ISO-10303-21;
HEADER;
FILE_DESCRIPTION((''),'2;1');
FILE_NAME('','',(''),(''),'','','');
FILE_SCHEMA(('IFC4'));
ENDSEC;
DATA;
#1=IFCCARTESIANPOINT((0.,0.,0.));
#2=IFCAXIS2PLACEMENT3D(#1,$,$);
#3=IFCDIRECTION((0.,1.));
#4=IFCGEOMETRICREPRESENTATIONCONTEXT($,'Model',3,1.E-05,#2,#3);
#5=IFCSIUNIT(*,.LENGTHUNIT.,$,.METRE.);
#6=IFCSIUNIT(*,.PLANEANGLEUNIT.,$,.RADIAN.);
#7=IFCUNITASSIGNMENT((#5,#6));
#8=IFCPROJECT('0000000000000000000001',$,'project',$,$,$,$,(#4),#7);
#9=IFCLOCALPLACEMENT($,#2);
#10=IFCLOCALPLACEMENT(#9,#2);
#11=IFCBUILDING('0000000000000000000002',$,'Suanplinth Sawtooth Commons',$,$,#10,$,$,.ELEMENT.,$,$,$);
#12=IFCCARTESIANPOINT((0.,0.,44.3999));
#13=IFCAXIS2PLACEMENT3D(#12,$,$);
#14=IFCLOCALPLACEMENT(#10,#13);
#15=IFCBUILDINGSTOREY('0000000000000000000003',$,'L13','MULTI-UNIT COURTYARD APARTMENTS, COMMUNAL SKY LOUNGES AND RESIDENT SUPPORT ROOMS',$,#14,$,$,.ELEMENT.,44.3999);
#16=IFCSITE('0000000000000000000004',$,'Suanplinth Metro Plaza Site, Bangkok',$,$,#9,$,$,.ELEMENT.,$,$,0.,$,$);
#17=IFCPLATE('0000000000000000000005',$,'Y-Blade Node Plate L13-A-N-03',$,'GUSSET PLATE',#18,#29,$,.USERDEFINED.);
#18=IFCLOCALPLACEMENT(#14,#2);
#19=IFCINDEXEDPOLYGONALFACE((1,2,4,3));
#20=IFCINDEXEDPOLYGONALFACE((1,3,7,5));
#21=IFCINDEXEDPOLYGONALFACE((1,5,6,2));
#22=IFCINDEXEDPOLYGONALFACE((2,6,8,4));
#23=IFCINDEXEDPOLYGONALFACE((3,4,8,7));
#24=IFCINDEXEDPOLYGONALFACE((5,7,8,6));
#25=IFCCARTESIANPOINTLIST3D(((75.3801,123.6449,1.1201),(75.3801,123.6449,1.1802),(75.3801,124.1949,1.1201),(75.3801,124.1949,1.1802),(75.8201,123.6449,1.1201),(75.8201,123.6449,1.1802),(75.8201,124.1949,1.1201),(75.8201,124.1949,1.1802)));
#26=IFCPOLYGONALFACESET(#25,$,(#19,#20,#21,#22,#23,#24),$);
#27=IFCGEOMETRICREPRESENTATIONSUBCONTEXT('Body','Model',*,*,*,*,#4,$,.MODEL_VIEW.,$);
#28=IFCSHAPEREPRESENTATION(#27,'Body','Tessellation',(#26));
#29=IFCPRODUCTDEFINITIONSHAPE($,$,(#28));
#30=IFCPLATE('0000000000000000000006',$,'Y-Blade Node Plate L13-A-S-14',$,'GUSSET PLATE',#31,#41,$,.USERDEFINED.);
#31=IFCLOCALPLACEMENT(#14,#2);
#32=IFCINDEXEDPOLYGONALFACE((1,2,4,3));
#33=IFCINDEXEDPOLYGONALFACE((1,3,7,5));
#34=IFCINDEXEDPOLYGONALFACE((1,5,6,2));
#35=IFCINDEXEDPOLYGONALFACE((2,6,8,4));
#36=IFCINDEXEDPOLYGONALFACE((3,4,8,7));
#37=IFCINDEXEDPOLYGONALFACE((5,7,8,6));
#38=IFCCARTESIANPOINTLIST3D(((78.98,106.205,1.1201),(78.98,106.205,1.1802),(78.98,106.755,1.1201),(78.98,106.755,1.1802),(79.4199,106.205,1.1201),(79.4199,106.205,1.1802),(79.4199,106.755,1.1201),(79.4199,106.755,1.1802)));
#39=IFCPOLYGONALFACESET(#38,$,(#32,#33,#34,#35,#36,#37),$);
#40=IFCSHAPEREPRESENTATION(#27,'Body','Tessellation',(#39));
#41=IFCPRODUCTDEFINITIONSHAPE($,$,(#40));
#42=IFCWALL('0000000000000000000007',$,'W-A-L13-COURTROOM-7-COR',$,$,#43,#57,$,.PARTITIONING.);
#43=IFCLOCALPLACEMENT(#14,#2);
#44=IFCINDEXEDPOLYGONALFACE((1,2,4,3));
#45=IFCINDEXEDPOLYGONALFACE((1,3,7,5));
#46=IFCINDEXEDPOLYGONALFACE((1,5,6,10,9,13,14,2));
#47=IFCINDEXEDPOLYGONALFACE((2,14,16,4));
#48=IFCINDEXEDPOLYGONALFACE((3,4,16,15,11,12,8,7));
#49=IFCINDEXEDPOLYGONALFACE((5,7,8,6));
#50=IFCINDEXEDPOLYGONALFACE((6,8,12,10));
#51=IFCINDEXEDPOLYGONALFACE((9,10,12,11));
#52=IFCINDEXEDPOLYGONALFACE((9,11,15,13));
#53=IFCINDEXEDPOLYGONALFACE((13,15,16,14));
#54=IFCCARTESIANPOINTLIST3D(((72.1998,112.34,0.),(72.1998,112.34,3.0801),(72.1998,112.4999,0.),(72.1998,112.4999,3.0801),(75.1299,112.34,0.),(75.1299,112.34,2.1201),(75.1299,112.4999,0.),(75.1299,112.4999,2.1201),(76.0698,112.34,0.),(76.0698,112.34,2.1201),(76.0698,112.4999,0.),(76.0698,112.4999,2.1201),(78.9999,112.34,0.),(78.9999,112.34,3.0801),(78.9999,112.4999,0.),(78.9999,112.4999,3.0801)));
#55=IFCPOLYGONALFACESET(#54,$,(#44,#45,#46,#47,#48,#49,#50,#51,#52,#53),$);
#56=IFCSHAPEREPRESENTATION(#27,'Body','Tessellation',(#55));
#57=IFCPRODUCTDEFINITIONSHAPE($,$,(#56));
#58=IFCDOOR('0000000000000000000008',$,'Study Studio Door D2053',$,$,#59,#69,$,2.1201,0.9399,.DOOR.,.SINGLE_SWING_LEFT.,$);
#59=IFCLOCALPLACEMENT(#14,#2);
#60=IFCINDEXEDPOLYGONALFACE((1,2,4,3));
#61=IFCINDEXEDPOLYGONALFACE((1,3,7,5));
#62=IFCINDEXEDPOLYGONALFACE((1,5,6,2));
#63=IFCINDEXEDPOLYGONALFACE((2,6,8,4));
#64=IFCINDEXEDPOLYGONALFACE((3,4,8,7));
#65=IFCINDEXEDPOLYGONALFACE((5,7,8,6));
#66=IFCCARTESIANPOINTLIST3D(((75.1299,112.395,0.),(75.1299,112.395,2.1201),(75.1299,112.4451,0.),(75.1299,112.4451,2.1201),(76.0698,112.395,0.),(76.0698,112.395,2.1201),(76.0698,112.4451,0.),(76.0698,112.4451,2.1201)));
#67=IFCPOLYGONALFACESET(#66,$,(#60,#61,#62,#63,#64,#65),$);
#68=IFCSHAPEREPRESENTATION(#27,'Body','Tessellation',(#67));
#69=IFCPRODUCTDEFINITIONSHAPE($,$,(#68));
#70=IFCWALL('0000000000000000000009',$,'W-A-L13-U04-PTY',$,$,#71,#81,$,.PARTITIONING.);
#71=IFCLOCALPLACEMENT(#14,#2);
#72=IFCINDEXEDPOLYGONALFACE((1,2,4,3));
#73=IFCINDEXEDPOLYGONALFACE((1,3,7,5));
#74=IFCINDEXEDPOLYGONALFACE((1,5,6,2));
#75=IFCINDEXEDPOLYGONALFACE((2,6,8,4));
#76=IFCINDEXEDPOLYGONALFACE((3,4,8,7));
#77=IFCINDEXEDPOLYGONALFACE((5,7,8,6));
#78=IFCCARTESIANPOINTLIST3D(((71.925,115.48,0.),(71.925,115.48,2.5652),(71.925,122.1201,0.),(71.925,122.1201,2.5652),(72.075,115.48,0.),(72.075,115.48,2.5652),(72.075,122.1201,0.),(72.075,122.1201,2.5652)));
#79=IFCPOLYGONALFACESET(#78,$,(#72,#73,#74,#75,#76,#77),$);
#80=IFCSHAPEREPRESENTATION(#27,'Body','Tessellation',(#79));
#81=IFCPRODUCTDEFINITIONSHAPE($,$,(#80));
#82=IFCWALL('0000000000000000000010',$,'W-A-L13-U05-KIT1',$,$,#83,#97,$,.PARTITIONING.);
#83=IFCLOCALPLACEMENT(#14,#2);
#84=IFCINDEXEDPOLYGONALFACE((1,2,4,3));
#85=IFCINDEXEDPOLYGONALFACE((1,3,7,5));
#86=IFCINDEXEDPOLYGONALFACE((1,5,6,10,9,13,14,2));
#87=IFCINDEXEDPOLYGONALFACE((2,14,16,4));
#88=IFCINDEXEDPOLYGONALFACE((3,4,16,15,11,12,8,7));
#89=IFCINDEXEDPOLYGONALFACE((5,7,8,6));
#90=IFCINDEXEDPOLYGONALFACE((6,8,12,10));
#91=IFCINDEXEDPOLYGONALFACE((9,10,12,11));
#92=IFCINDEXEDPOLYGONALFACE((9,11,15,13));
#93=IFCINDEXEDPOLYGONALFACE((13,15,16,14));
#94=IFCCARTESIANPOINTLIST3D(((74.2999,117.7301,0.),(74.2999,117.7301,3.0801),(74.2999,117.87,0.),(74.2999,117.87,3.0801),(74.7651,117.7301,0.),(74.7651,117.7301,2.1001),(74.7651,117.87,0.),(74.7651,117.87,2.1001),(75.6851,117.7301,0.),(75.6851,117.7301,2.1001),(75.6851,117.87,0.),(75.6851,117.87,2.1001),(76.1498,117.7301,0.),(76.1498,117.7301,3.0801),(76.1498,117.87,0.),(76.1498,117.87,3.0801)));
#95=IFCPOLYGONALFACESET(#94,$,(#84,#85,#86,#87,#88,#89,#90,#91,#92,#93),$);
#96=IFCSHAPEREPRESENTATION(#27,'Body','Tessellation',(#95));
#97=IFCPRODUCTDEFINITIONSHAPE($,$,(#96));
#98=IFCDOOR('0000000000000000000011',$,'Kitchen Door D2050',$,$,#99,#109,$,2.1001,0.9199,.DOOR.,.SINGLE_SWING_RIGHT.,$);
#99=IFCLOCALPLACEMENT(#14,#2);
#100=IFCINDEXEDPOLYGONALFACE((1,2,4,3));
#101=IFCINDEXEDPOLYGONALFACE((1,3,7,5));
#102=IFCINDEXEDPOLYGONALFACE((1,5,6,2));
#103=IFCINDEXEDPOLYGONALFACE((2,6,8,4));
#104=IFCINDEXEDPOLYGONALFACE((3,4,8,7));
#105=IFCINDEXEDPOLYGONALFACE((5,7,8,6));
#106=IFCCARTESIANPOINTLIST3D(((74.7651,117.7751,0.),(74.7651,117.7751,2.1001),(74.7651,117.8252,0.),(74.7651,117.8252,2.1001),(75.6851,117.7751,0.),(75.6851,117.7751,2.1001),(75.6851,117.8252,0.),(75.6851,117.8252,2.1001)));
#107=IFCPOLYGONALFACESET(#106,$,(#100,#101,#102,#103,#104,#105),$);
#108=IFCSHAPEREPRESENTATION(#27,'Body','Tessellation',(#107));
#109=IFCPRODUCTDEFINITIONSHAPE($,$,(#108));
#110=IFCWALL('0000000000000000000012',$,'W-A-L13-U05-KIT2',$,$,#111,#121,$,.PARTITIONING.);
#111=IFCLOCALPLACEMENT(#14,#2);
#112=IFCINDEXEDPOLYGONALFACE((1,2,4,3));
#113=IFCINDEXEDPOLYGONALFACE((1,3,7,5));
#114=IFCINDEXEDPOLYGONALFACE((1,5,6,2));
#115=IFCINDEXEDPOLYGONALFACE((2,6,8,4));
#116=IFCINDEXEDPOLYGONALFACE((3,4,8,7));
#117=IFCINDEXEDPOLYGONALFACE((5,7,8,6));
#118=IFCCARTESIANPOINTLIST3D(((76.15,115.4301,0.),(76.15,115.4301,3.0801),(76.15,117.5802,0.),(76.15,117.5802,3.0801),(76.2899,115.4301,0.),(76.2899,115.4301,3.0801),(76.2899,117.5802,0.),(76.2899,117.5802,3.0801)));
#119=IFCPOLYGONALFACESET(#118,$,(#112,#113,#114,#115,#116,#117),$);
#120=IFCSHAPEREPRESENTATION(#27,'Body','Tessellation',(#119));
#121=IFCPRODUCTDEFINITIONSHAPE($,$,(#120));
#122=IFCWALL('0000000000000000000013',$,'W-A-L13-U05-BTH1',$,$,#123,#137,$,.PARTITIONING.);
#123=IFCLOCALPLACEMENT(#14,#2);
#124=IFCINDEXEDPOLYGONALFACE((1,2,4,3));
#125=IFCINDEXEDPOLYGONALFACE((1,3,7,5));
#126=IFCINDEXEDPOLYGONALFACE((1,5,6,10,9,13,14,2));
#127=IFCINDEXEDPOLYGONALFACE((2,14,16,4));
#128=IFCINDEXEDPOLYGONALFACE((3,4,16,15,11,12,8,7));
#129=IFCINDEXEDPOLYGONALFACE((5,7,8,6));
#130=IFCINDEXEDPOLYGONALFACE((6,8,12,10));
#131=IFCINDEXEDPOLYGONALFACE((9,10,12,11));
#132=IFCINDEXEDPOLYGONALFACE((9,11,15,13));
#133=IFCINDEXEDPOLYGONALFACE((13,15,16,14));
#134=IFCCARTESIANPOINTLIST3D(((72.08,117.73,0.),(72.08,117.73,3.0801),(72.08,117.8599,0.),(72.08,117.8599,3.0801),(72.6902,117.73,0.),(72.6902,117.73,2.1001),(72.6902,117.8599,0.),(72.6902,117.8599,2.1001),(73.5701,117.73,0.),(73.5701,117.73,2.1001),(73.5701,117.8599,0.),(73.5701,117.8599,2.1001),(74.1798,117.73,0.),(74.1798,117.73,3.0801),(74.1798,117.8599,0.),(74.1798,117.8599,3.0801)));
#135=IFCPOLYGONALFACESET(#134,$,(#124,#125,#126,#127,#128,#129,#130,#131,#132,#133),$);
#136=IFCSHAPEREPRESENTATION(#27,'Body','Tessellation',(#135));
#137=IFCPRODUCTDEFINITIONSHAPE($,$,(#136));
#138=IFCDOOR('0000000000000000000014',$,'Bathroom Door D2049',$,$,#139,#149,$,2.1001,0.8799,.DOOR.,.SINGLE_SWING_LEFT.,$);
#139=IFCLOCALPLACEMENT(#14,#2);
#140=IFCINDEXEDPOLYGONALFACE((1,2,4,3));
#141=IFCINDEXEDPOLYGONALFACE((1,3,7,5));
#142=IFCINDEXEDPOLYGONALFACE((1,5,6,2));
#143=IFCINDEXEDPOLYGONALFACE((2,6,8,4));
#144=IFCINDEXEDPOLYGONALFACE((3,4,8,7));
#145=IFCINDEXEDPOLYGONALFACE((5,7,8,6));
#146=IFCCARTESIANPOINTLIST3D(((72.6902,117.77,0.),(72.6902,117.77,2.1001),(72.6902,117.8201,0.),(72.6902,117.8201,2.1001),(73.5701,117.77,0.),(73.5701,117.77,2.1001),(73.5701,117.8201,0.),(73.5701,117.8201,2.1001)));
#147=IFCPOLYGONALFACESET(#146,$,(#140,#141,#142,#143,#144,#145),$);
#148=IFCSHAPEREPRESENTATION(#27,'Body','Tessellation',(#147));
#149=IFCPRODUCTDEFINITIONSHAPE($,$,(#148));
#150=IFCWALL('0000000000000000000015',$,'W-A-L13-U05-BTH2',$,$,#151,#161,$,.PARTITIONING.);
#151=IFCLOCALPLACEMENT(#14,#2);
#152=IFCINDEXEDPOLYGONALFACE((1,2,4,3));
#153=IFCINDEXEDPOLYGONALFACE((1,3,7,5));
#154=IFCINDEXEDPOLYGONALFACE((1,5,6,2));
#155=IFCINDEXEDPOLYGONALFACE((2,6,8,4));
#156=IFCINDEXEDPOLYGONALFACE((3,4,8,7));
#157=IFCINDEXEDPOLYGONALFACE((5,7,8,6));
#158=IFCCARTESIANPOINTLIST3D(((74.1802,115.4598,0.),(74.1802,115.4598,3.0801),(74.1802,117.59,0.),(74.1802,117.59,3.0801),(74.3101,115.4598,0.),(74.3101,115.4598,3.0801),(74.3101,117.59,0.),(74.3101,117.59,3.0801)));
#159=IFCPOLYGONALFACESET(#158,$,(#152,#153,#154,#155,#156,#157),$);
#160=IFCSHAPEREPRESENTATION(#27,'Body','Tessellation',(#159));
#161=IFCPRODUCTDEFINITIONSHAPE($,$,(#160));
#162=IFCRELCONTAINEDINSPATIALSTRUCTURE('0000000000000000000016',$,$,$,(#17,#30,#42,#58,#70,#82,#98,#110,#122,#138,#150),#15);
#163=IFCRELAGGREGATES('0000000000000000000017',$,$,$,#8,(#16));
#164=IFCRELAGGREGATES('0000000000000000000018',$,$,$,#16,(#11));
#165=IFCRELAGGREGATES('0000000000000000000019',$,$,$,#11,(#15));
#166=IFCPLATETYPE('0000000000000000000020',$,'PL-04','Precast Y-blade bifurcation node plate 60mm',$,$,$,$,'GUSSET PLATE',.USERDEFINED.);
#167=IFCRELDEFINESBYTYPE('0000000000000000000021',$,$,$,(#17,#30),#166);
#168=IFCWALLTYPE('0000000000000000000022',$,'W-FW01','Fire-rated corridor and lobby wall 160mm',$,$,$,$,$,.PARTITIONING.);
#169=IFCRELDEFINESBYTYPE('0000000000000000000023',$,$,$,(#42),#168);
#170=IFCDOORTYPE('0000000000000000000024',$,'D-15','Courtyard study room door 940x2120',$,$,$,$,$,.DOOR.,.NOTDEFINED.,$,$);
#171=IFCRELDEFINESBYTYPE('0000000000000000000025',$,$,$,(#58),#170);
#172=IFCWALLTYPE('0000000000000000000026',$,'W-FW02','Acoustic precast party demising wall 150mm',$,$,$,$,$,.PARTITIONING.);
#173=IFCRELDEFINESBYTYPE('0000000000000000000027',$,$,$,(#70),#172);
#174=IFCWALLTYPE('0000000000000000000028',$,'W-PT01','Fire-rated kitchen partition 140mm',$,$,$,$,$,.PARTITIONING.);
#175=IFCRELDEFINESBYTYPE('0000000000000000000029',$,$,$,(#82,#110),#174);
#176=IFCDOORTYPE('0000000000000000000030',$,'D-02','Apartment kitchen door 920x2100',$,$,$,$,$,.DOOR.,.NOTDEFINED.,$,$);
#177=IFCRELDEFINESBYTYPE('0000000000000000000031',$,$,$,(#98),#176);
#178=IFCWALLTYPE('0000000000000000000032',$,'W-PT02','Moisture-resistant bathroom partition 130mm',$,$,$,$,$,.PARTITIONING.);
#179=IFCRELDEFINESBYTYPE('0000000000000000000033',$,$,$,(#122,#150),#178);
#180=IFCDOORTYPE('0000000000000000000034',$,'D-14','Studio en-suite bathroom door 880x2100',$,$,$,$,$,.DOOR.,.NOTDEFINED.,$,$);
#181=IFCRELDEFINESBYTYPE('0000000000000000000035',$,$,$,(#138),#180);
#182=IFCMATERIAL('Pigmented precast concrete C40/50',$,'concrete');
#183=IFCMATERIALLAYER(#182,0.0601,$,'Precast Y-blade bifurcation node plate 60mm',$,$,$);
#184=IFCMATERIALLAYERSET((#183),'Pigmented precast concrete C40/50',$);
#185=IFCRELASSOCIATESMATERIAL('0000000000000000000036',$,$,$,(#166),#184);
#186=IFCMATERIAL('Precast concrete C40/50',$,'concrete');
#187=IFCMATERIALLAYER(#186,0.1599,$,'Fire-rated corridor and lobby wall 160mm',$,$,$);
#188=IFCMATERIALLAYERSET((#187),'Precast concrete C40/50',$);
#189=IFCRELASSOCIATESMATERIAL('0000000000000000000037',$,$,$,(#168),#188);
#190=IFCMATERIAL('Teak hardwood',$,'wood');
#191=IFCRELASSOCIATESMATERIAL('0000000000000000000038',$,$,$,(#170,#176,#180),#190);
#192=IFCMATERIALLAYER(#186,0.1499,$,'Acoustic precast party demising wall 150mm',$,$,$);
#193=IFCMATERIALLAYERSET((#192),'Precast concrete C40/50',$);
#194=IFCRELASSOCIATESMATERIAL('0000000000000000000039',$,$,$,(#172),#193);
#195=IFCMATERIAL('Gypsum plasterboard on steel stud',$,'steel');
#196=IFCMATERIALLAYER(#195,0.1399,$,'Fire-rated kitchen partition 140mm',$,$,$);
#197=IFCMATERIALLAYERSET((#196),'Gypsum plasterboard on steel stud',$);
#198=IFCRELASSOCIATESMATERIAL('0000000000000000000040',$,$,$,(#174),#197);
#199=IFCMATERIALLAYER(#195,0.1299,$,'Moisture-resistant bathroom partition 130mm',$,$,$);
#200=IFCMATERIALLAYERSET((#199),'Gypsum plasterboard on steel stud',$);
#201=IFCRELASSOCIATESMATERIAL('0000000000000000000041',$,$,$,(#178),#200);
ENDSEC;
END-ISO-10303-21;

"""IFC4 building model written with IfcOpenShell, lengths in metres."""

from ifc_helpers import new_model, si_unit, direction, frame, frame_2d, origin, origin_2d, place, context, subcontext, project, spatial, rectangle, extrude, material, layer, layer_set, type_object, element, fill, save


model = new_model("IFC4")

# Units and contexts
model_context = context("Model", 3, precision=1e-05, world=origin(), true_north=direction((0.0, 1.0)))
body_context = subcontext(model_context, "Body", "Model", "MODEL_VIEW")
ifc_project = project(units=[si_unit("LENGTHUNIT", "METRE"), si_unit("PLANEANGLEUNIT", "RADIAN")], contexts=[model_context])

# Site, building, storey
site_placement = place(None, origin())
site = spatial("IfcSite", under=ifc_project, at=site_placement, Name="Suanplinth Metro Plaza Site, Bangkok", CompositionType="ELEMENT", RefElevation=0.0)
building_placement = place(site_placement, origin())
building = spatial("IfcBuilding", under=site, at=building_placement, Name="Suanplinth Sawtooth Commons", CompositionType="ELEMENT")
storey_placement = place(building_placement, frame((0.0, 0.0, 44.3999)))
storey = spatial("IfcBuildingStorey", under=building, at=storey_placement, Name="L13", Description="MULTI-UNIT COURTYARD APARTMENTS, COMMUNAL SKY LOUNGES AND RESIDENT SUPPORT ROOMS", CompositionType="ELEMENT", Elevation=44.3999)

# Shared definitions
ifc_material_1 = material(Name="Precast concrete C40/50", Category="concrete")

# Shared definitions
ifc_material_2 = material(Name="Pigmented precast concrete C40/50", Category="concrete")

# Plates
ifc_layer_1 = layer(ifc_material_2, 0.0601, Name="Precast Y-blade bifurcation node plate 60mm")
ifc_layer_set_1 = layer_set([ifc_layer_1], Name="Pigmented precast concrete C40/50")
plate_type = type_object("IfcPlateType", Name="PL-04", Description="Precast Y-blade bifurcation node plate 60mm", ElementType="GUSSET PLATE", PredefinedType="USERDEFINED", material=ifc_layer_set_1)
for number, where, z_axis, x_axis, name in (
    (1, (75.6001, 123.9199, 1.1201), (0.0, 0.0, 1.0), (1.0, 0.0, 0.0), "Y-Blade Node Plate L13-A-N-03"),
    (2, (79.2, 106.48, 1.1201), (0.0, 0.0, 1.0), (1.0, 0.0, 0.0), "Y-Blade Node Plate L13-A-S-14"),
):
    element("IfcPlate", number, at=place(storey_placement, frame(where, z_axis=z_axis, x_axis=x_axis)), inside=storey, type_object=plate_type, Name=name, ObjectType="GUSSET PLATE", PredefinedType="USERDEFINED", context=body_context, shape_type="SweptSolid", body=[
        extrude(rectangle(XDim=0.4399, YDim=0.55, at=origin_2d()), origin(), (0.0, 0.0, 1.0), 0.0601),
    ])

# Wall, opening, door
ifc_layer_2 = layer(ifc_material_1, 0.1599, Name="Fire-rated corridor and lobby wall 160mm")
ifc_layer_set_2 = layer_set([ifc_layer_2], Name="Precast concrete C40/50")
wall_type_1 = type_object("IfcWallType", Name="W-FW01", Description="Fire-rated corridor and lobby wall 160mm", PredefinedType="PARTITIONING", material=ifc_layer_set_2)
wall_1_placement = place(storey_placement, frame((72.2, 112.4199, 0.0), z_axis=(0.0, 0.0, 1.0), x_axis=(1.0, 0.0, 0.0)))
wall_1 = element("IfcWall", 3, at=wall_1_placement, inside=storey, type_object=wall_type_1, Name="W-A-L13-COURTROOM-7-COR", PredefinedType="PARTITIONING", context=body_context, shape_type="SweptSolid", body=[
    extrude(rectangle(XDim=6.8, YDim=0.1599, at=frame_2d((3.3999, 0.0))), origin(), (0.0, 0.0, 1.0), 3.0801),
])
opening_1_placement = place(wall_1_placement, frame((2.9299, 0.0, 0.0)))
opening_1 = element("IfcOpeningElement", 4, at=opening_1_placement, cuts=wall_1, PredefinedType="OPENING", context=body_context, shape_type="SweptSolid", body=[
    extrude(rectangle(XDim=0.9399, YDim=2.1201, at=frame_2d((0.47, 1.0601))), frame((0.0, 0.0947, 0.0), z_axis=(0.0, -1.0, 0.0), x_axis=(1.0, 0.0, 0.0)), (0.0, 0.0, 1.0), 0.1897),
])
ifc_material_3 = material(Name="Teak hardwood", Category="wood")
door_type_1 = type_object("IfcDoorType", Name="D-15", Description="Courtyard study room door 940x2120", OperationType="NOTDEFINED", PredefinedType="DOOR", material=ifc_material_3)
door_1_placement = place(opening_1_placement, frame((0.9399, 0.0, 0.0), z_axis=(0.0, 0.0, 1.0), x_axis=(-1.0, 0.0, 0.0)))
door_1 = element("IfcDoor", 5, at=door_1_placement, inside=storey, type_object=door_type_1, Name="Study Studio Door D2053", OperationType="SINGLE_SWING_LEFT", OverallHeight=2.1201, OverallWidth=0.9399, PredefinedType="DOOR", context=body_context, shape_type="SweptSolid", body=[
    extrude(rectangle(XDim=0.9399, YDim=2.1201, at=frame_2d((0.47, 1.0601))), frame((0.0, 0.0249, 0.0), z_axis=(0.0, -1.0, 0.0), x_axis=(1.0, 0.0, 0.0)), (0.0, 0.0, 1.0), 0.05),
])
fill(opening_1, door_1)

# Wall
ifc_layer_3 = layer(ifc_material_1, 0.1499, Name="Acoustic precast party demising wall 150mm")
ifc_layer_set_3 = layer_set([ifc_layer_3], Name="Precast concrete C40/50")
wall_type_2 = type_object("IfcWallType", Name="W-FW02", Description="Acoustic precast party demising wall 150mm", PredefinedType="PARTITIONING", material=ifc_layer_set_3)
wall_2_placement = place(storey_placement, frame((72.0, 115.48, 0.0), z_axis=(0.0, 0.0, 1.0), x_axis=(0.0, 1.0, 0.0)))
element("IfcWall", 6, at=wall_2_placement, inside=storey, type_object=wall_type_2, Name="W-A-L13-U04-PTY", PredefinedType="PARTITIONING", context=body_context, shape_type="SweptSolid", body=[
    extrude(rectangle(XDim=6.6401, YDim=0.1499, at=frame_2d((3.3201, 0.0))), origin(), (0.0, 0.0, 1.0), 2.5652),
])

# Wall, opening, door
ifc_material_4 = material(Name="Gypsum plasterboard on steel stud", Category="steel")
ifc_layer_4 = layer(ifc_material_4, 0.1399, Name="Fire-rated kitchen partition 140mm")
ifc_layer_set_4 = layer_set([ifc_layer_4], Name="Gypsum plasterboard on steel stud")
wall_type_3 = type_object("IfcWallType", Name="W-PT01", Description="Fire-rated kitchen partition 140mm", PredefinedType="PARTITIONING", material=ifc_layer_set_4)
wall_3_placement = place(storey_placement, frame((74.3, 117.8, 0.0), z_axis=(0.0, 0.0, 1.0), x_axis=(1.0, 0.0, 0.0)))
wall_3 = element("IfcWall", 7, at=wall_3_placement, inside=storey, type_object=wall_type_3, Name="W-A-L13-U05-KIT1", PredefinedType="PARTITIONING", context=body_context, shape_type="SweptSolid", body=[
    extrude(rectangle(XDim=1.8499, YDim=0.1399, at=frame_2d((0.9248, 0.0))), origin(), (0.0, 0.0, 1.0), 3.0801),
])
opening_2_placement = place(wall_3_placement, frame((0.4651, 0.0, 0.0)))
opening_2 = element("IfcOpeningElement", 8, at=opening_2_placement, cuts=wall_3, PredefinedType="OPENING", context=body_context, shape_type="SweptSolid", body=[
    extrude(rectangle(XDim=0.9199, YDim=2.1001, at=frame_2d((0.46, 1.05))), frame((0.0, 0.085, 0.0), z_axis=(0.0, -1.0, 0.0), x_axis=(1.0, 0.0, 0.0)), (0.0, 0.0, 1.0), 0.1697),
])
door_type_2 = type_object("IfcDoorType", Name="D-02", Description="Apartment kitchen door 920x2100", OperationType="NOTDEFINED", PredefinedType="DOOR", material=ifc_material_3)
door_2_placement = place(opening_2_placement, frame((0.9199, 0.0, 0.0), z_axis=(0.0, 0.0, 1.0), x_axis=(-1.0, 0.0, 0.0)))
door_2 = element("IfcDoor", 9, at=door_2_placement, inside=storey, type_object=door_type_2, Name="Kitchen Door D2050", OperationType="SINGLE_SWING_RIGHT", OverallHeight=2.1001, OverallWidth=0.9199, PredefinedType="DOOR", context=body_context, shape_type="SweptSolid", body=[
    extrude(rectangle(XDim=0.9199, YDim=2.1001, at=frame_2d((0.46, 1.05))), frame((0.0, 0.0249, 0.0), z_axis=(0.0, -1.0, 0.0), x_axis=(1.0, 0.0, 0.0)), (0.0, 0.0, 1.0), 0.05),
])
fill(opening_2, door_2)

# Wall
wall_4_placement = place(storey_placement, frame((76.22, 115.4299, 0.0), z_axis=(0.0, 0.0, 1.0), x_axis=(0.0, 1.0, 0.0)))
element("IfcWall", 10, at=wall_4_placement, inside=storey, type_object=wall_type_3, Name="W-A-L13-U05-KIT2", PredefinedType="PARTITIONING", context=body_context, shape_type="SweptSolid", body=[
    extrude(rectangle(XDim=2.1501, YDim=0.1399, at=frame_2d((1.0752, 0.0))), origin(), (0.0, 0.0, 1.0), 3.0801),
])

# Wall, opening, door
ifc_layer_5 = layer(ifc_material_4, 0.1299, Name="Moisture-resistant bathroom partition 130mm")
ifc_layer_set_5 = layer_set([ifc_layer_5], Name="Gypsum plasterboard on steel stud")
wall_type_4 = type_object("IfcWallType", Name="W-PT02", Description="Moisture-resistant bathroom partition 130mm", PredefinedType="PARTITIONING", material=ifc_layer_set_5)
wall_5_placement = place(storey_placement, frame((72.0801, 117.7949, 0.0), z_axis=(0.0, 0.0, 1.0), x_axis=(1.0, 0.0, 0.0)))
wall_5 = element("IfcWall", 11, at=wall_5_placement, inside=storey, type_object=wall_type_4, Name="W-A-L13-U05-BTH1", PredefinedType="PARTITIONING", context=body_context, shape_type="SweptSolid", body=[
    extrude(rectangle(XDim=2.0999, YDim=0.1299, at=frame_2d((1.0498, 0.0))), origin(), (0.0, 0.0, 1.0), 3.0801),
])
opening_3_placement = place(wall_5_placement, frame((0.6101, 0.0, 0.0)))
opening_3 = element("IfcOpeningElement", 12, at=opening_3_placement, cuts=wall_5, PredefinedType="OPENING", context=body_context, shape_type="SweptSolid", body=[
    extrude(rectangle(XDim=0.8799, YDim=2.1001, at=frame_2d((0.4399, 1.05))), frame((0.0, 0.0798, 0.0), z_axis=(0.0, -1.0, 0.0), x_axis=(1.0, 0.0, 0.0)), (0.0, 0.0, 1.0), 0.1597),
])
door_type_3 = type_object("IfcDoorType", Name="D-14", Description="Studio en-suite bathroom door 880x2100", OperationType="NOTDEFINED", PredefinedType="DOOR", material=ifc_material_3)
door_3_placement = place(opening_3_placement, frame((0.8799, 0.0, 0.0), z_axis=(0.0, 0.0, 1.0), x_axis=(-1.0, 0.0, 0.0)))
door_3 = element("IfcDoor", 13, at=door_3_placement, inside=storey, type_object=door_type_3, Name="Bathroom Door D2049", OperationType="SINGLE_SWING_LEFT", OverallHeight=2.1001, OverallWidth=0.8799, PredefinedType="DOOR", context=body_context, shape_type="SweptSolid", body=[
    extrude(rectangle(XDim=0.8799, YDim=2.1001, at=frame_2d((0.4399, 1.05))), frame((0.0, 0.0249, 0.0), z_axis=(0.0, -1.0, 0.0), x_axis=(1.0, 0.0, 0.0)), (0.0, 0.0, 1.0), 0.05),
])
fill(opening_3, door_3)

# Wall
wall_6_placement = place(storey_placement, frame((74.2451, 115.46, 0.0), z_axis=(0.0, 0.0, 1.0), x_axis=(0.0, 1.0, 0.0)))
element("IfcWall", 14, at=wall_6_placement, inside=storey, type_object=wall_type_4, Name="W-A-L13-U05-BTH2", PredefinedType="PARTITIONING", context=body_context, shape_type="SweptSolid", body=[
    extrude(rectangle(XDim=2.1301, YDim=0.1299, at=frame_2d((1.0649, 0.0))), origin(), (0.0, 0.0, 1.0), 3.0801),
])

save(model, "model.ifc")
